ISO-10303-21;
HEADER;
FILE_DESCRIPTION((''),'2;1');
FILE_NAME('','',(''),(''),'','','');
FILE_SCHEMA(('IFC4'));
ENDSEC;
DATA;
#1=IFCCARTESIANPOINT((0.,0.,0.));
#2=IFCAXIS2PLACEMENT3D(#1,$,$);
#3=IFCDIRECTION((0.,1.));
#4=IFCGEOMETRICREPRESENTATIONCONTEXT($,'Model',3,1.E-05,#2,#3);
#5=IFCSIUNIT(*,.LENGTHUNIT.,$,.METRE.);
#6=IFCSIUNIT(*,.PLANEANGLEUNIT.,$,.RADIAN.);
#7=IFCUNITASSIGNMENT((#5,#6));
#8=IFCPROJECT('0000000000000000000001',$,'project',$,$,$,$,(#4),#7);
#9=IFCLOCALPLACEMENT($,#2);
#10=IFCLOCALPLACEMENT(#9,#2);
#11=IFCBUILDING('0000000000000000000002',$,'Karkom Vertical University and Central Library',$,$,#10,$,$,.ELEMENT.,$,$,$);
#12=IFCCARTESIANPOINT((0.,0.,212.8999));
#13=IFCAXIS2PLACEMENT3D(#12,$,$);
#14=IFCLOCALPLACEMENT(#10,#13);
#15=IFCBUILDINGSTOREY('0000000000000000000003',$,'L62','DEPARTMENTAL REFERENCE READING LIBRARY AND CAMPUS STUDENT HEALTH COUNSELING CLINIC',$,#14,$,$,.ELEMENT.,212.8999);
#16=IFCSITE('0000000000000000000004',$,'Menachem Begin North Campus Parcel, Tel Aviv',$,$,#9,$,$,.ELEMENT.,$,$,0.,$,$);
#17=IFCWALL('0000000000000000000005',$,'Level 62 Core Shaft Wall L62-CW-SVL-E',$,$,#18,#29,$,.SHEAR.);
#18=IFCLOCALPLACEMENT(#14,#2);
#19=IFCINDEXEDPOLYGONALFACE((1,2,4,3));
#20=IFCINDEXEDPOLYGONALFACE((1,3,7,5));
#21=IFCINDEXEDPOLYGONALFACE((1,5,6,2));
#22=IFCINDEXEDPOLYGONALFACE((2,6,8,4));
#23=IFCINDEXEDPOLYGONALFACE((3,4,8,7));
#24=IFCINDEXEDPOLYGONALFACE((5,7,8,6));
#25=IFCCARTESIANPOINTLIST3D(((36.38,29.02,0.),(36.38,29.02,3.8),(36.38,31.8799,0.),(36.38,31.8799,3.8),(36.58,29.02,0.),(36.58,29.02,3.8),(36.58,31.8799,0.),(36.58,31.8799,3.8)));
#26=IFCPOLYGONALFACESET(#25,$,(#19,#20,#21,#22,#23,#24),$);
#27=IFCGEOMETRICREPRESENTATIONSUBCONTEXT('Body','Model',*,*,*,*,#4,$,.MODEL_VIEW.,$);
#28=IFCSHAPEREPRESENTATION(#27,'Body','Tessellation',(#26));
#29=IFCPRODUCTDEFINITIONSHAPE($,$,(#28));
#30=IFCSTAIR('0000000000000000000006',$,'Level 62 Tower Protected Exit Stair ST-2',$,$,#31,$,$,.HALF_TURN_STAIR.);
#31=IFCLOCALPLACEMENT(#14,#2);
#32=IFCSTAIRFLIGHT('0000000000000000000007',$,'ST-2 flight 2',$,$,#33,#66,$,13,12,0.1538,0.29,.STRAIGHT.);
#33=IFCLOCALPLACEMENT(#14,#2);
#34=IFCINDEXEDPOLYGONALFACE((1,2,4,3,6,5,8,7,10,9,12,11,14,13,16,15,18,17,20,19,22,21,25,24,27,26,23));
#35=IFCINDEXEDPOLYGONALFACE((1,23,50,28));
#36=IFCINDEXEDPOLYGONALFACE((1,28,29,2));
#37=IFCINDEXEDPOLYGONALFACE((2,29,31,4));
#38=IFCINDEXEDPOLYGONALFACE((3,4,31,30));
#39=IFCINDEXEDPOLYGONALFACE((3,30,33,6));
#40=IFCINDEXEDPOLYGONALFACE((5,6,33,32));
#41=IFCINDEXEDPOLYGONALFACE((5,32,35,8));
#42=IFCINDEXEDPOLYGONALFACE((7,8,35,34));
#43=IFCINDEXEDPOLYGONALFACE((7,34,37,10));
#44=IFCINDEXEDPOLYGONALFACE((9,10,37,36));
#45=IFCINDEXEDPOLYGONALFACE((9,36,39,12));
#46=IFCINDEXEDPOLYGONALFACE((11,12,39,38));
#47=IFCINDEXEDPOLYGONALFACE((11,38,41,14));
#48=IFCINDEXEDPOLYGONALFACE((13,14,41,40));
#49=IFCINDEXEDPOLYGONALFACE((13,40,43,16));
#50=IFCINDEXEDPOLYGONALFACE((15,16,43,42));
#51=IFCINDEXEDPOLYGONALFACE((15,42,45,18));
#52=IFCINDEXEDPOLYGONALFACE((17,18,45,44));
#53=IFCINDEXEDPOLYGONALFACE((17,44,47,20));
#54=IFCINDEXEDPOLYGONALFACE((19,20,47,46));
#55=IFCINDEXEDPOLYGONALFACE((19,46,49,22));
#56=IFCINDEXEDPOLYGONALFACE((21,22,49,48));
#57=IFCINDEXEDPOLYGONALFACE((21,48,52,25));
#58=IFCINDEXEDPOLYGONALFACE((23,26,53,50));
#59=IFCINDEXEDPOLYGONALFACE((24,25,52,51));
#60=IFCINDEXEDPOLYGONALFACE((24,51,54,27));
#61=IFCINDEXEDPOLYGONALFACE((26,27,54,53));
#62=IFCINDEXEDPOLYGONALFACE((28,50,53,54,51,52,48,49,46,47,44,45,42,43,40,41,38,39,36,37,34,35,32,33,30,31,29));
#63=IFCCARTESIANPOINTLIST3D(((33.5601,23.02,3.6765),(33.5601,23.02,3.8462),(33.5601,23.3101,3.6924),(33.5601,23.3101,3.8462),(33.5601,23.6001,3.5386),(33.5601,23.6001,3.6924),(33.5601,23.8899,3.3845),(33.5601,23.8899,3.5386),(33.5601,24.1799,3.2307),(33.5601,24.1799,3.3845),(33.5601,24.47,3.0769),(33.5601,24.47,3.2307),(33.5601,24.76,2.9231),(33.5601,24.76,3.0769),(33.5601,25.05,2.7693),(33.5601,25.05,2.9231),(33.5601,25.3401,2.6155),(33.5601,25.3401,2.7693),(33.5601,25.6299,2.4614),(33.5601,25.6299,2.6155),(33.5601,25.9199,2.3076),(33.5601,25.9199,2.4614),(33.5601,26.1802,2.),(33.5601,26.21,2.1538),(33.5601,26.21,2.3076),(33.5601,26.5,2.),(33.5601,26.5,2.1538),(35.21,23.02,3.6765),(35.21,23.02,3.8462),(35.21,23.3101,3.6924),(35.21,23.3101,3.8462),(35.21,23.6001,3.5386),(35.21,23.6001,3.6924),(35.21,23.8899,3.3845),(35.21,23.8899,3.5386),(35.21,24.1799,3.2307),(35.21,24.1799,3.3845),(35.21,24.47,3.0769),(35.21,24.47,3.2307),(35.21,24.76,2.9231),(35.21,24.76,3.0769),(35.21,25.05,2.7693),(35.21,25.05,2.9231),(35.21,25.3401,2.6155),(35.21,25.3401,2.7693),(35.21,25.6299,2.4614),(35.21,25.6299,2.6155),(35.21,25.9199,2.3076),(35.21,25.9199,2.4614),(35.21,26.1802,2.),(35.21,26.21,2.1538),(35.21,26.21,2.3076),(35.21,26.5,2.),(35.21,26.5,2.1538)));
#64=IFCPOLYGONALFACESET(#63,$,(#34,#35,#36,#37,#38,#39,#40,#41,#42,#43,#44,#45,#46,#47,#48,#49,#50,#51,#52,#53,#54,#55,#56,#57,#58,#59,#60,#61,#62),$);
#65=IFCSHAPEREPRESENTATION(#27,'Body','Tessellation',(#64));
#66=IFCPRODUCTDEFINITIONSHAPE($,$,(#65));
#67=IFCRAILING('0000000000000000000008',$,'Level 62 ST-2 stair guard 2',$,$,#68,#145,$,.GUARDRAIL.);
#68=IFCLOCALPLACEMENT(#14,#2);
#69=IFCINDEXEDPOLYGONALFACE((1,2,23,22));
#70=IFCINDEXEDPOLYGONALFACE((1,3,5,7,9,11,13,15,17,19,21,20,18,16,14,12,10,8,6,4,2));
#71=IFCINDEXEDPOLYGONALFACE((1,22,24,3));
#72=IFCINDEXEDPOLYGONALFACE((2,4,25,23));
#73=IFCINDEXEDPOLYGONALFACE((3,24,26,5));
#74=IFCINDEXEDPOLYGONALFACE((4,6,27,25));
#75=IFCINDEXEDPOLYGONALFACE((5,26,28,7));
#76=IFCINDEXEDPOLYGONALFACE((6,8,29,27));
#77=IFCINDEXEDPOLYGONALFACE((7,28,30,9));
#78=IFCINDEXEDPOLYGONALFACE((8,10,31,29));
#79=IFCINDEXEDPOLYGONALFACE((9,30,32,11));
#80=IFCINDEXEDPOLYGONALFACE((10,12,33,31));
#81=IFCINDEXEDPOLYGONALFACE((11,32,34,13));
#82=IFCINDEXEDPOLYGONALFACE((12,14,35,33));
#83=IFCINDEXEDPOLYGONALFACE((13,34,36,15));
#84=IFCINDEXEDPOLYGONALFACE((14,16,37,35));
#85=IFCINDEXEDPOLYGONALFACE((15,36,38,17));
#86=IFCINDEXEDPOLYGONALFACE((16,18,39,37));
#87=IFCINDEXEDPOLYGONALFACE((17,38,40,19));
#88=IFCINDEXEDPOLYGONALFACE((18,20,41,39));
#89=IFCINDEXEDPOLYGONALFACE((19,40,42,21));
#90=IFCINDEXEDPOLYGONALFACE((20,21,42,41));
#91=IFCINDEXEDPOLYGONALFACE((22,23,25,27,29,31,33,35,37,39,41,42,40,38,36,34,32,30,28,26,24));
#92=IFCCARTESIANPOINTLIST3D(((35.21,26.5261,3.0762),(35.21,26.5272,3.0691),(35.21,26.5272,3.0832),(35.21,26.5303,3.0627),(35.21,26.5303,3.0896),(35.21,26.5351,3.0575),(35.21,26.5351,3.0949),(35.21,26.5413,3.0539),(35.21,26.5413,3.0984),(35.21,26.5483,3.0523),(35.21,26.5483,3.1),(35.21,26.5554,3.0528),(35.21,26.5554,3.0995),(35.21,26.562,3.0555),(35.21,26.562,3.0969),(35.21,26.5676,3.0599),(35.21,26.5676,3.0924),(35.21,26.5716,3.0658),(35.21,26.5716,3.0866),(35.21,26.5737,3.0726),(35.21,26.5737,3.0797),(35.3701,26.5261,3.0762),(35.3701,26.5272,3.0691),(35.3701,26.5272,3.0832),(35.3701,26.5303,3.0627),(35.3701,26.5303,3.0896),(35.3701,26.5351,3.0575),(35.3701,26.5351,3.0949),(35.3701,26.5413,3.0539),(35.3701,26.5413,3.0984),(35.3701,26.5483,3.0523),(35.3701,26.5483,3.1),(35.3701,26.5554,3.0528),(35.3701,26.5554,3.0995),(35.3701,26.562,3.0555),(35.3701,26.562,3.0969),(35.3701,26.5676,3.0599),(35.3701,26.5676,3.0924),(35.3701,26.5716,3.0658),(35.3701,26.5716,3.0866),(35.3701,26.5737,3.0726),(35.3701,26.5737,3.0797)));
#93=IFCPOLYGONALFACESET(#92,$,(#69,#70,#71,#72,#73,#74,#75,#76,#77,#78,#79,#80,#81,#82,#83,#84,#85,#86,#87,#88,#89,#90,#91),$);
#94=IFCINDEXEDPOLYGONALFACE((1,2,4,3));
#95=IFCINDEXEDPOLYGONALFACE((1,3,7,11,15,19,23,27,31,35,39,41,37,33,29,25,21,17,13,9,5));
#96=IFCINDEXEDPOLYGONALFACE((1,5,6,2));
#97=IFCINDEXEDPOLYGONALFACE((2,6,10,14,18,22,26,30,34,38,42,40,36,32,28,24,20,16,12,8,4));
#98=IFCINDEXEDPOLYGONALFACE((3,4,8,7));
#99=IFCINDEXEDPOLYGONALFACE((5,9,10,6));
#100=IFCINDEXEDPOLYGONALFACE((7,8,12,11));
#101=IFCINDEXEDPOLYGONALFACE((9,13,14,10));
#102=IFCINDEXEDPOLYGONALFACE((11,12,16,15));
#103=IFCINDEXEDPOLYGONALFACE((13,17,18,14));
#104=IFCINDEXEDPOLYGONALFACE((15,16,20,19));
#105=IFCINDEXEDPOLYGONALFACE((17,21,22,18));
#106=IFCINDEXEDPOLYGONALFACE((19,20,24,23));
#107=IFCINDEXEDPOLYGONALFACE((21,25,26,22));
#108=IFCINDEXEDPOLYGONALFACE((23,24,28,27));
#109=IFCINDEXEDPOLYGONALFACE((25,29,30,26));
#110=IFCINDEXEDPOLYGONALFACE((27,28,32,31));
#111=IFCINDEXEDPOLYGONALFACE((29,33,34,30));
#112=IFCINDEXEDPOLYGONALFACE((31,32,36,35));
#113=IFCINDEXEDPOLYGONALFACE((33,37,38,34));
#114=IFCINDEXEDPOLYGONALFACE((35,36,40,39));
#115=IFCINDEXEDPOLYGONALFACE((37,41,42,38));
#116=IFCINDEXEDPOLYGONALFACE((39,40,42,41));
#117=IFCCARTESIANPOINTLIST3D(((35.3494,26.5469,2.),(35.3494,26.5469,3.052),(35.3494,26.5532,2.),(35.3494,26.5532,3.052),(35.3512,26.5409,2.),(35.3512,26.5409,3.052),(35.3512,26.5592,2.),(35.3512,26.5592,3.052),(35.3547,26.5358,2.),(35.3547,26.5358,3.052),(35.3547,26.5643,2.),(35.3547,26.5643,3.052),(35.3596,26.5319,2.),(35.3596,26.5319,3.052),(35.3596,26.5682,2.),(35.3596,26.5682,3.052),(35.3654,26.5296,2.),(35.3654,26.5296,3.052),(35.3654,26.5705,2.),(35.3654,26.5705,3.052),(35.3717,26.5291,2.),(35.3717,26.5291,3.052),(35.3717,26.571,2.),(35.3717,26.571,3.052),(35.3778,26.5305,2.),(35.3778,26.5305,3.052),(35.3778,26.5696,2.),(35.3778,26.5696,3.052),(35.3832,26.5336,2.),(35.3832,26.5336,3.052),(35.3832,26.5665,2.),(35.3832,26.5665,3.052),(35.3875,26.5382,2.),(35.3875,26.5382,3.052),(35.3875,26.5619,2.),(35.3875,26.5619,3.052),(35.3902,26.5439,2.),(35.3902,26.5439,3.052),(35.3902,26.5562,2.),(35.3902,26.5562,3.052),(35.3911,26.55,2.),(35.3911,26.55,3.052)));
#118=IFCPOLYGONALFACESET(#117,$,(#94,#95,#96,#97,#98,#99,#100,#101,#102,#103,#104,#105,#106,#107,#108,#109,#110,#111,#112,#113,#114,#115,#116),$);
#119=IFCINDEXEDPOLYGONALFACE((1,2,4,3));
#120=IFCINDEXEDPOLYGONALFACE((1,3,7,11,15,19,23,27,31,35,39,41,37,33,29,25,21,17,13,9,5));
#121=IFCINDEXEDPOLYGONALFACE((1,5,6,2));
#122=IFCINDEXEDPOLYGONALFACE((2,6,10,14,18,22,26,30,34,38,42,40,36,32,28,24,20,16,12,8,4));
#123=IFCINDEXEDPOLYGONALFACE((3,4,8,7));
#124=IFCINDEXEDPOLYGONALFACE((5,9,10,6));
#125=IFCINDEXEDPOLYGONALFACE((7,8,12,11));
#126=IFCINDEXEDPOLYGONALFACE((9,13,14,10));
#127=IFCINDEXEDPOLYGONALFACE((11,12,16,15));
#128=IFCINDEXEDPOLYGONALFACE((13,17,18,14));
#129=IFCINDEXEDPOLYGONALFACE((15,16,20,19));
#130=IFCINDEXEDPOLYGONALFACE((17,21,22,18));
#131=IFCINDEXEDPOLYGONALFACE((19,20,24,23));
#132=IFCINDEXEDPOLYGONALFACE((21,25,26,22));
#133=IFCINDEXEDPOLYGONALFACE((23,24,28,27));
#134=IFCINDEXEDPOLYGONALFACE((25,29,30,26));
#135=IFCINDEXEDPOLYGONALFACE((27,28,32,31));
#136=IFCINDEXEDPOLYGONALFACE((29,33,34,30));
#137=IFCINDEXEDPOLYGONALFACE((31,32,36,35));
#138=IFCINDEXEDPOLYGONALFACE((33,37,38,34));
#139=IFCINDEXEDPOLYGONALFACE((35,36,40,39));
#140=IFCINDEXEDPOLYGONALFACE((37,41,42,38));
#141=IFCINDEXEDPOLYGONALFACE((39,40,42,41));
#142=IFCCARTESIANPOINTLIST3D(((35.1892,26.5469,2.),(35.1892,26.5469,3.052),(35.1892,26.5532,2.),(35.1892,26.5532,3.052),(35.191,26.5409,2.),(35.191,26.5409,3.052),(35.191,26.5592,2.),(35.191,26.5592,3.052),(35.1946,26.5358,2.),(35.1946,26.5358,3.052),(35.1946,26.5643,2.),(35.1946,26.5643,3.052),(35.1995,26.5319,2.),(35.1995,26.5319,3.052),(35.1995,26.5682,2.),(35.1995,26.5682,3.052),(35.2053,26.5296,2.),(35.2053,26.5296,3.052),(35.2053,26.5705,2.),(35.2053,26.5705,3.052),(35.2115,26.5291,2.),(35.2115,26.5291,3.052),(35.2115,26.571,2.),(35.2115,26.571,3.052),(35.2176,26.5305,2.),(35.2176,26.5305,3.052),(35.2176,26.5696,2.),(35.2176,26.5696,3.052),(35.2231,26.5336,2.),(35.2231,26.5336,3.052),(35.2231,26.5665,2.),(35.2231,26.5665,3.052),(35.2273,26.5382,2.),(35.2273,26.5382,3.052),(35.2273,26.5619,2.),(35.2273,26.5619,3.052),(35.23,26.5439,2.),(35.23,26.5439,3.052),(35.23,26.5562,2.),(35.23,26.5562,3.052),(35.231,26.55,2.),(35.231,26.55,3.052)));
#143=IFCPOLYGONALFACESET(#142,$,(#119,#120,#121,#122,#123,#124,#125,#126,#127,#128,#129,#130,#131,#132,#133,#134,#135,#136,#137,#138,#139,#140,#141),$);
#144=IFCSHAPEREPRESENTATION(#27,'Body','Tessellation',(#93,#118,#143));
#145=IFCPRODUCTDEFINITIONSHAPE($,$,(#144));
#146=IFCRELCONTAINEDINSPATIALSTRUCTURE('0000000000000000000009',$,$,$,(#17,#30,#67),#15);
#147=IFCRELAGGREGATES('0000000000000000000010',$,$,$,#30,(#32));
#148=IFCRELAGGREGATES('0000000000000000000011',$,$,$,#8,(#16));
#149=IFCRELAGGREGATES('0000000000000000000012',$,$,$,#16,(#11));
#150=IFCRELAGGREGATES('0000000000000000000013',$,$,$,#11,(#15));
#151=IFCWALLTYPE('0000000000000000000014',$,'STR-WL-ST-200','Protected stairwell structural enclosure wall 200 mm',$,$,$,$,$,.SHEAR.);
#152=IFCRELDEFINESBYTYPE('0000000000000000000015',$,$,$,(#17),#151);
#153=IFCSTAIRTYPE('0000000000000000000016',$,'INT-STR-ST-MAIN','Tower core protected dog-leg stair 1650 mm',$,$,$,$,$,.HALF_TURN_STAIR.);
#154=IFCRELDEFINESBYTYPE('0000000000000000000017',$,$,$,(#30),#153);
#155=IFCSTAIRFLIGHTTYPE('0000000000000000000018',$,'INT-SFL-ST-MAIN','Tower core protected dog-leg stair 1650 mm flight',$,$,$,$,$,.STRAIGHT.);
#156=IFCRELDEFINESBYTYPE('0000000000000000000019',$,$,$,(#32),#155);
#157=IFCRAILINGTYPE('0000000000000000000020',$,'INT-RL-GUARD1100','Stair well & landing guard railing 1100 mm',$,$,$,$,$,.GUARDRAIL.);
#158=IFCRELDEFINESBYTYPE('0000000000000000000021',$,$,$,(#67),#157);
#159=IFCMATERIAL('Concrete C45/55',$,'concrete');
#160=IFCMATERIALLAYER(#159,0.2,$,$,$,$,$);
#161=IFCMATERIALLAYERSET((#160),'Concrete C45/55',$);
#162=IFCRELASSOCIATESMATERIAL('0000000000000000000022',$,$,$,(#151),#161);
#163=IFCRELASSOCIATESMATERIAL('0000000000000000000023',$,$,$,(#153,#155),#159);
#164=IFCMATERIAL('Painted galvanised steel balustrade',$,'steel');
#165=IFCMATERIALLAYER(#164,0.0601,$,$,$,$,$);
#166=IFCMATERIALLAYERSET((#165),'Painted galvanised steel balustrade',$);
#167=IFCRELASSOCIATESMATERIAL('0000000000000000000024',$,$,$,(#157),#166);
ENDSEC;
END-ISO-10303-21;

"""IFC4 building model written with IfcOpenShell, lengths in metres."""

from ifc_helpers import new_model, si_unit, direction, frame, frame_2d, origin, origin_2d, place, context, subcontext, project, spatial, polyline, rectangle, circle, outline, extrude, material, layer, layer_set, type_object, element, aggregate, save


model = new_model("IFC4")

# Units and contexts
model_context = context("Model", 3, precision=1e-05, world=origin(), true_north=direction((0.0, 1.0)))
body_context = subcontext(model_context, "Body", "Model", "MODEL_VIEW")
ifc_project = project(units=[si_unit("LENGTHUNIT", "METRE"), si_unit("PLANEANGLEUNIT", "RADIAN")], contexts=[model_context])

# Site, building, storey
site_placement = place(None, origin())
site = spatial("IfcSite", under=ifc_project, at=site_placement, Name="Menachem Begin North Campus Parcel, Tel Aviv", CompositionType="ELEMENT", RefElevation=0.0)
building_placement = place(site_placement, origin())
building = spatial("IfcBuilding", under=site, at=building_placement, Name="Karkom Vertical University and Central Library", CompositionType="ELEMENT")
storey_placement = place(building_placement, frame((0.0, 0.0, 212.8999)))
storey = spatial("IfcBuildingStorey", under=building, at=storey_placement, Name="L62", Description="DEPARTMENTAL REFERENCE READING LIBRARY AND CAMPUS STUDENT HEALTH COUNSELING CLINIC", CompositionType="ELEMENT", Elevation=212.8999)

# Wall
ifc_material_1 = material(Name="Concrete C45/55", Category="concrete")
ifc_layer_1 = layer(ifc_material_1, 0.2)
ifc_layer_set_1 = layer_set([ifc_layer_1], Name="Concrete C45/55")
wall_type_1 = type_object("IfcWallType", Name="STR-WL-ST-200", Description="Protected stairwell structural enclosure wall 200 mm", PredefinedType="SHEAR", material=ifc_layer_set_1)
wall_1_placement = place(storey_placement, frame((36.48, 29.02, 0.0), z_axis=(0.0, 0.0, 1.0), x_axis=(0.0, 1.0, 0.0)))
element("IfcWall", 1, at=wall_1_placement, inside=storey, type_object=wall_type_1, Name="Level 62 Core Shaft Wall L62-CW-SVL-E", PredefinedType="SHEAR", context=body_context, shape_type="SweptSolid", body=[
    extrude(rectangle(XDim=2.8599, YDim=0.2, at=frame_2d((1.4299, 0.0))), origin(), (0.0, 0.0, 1.0), 3.8),
])

# Stair, stair flight
stair_type = type_object("IfcStairType", Name="INT-STR-ST-MAIN", Description="Tower core protected dog-leg stair 1650 mm", PredefinedType="HALF_TURN_STAIR", material=ifc_material_1)
stair_placement = place(storey_placement, origin())
stair = element("IfcStair", 2, at=stair_placement, inside=storey, type_object=stair_type, Name="Level 62 Tower Protected Exit Stair ST-2", PredefinedType="HALF_TURN_STAIR")
stair_flight_type = type_object("IfcStairFlightType", Name="INT-SFL-ST-MAIN", Description="Tower core protected dog-leg stair 1650 mm flight", PredefinedType="STRAIGHT", material=ifc_material_1)
stair_flight_placement = place(storey_placement, frame((34.385, 26.5, 2.0), z_axis=(0.0, 0.0, 1.0), x_axis=(0.0, -1.0, 0.0)))
stair_flight = element("IfcStairFlight", 3, at=stair_flight_placement, type_object=stair_flight_type, Name="ST-2 flight 2", NumberOfRisers=13, NumberOfTreads=12, PredefinedType="STRAIGHT", RiserHeight=0.1538, TreadLength=0.29, context=body_context, shape_type="SweptSolid", body=[
    extrude(outline(polyline([(0.0, 0.0), (0.0, 0.1538), (0.29, 0.1538), (0.29, 0.3076), (0.5801, 0.3076), (0.5801, 0.4614), (0.8701, 0.4614), (0.8701, 0.6155), (1.1599, 0.6155), (1.1599, 0.7693), (1.45, 0.7693), (1.45, 0.9231), (1.74, 0.9231), (1.74, 1.0769), (2.03, 1.0769), (2.03, 1.2307), (2.3201, 1.2307), (2.3201, 1.3845), (2.6101, 1.3845), (2.6101, 1.5386), (2.8999, 1.5386), (2.8999, 1.6924), (3.1899, 1.6924), (3.1899, 1.8462), (3.48, 1.8462), (3.48, 2.0), (3.48, 1.6765), (0.3198, 0.0), (0.0, 0.0)])), frame((0.0, 0.825, 0.0), z_axis=(0.0, -1.0, 0.0), x_axis=(1.0, 0.0, 0.0)), (0.0, 0.0, 1.0), 1.6499),
])
aggregate(stair, [stair_flight])

# Railing
ifc_material_2 = material(Name="Painted galvanised steel balustrade", Category="steel")
ifc_layer_2 = layer(ifc_material_2, 0.0601)
ifc_layer_set_2 = layer_set([ifc_layer_2], Name="Painted galvanised steel balustrade")
railing_type_1 = type_object("IfcRailingType", Name="INT-RL-GUARD1100", Description="Stair well & landing guard railing 1100 mm", PredefinedType="GUARDRAIL", material=ifc_layer_set_2)
railing_1_placement = place(storey_placement, frame((35.3701, 26.55, 2.0)))
element("IfcRailing", 4, at=railing_1_placement, inside=storey, type_object=railing_type_1, Name="Level 62 ST-2 stair guard 2", PredefinedType="GUARDRAIL", context=body_context, shape_type="SweptSolid", body=[
    extrude(circle(Radius=0.0239, at=origin_2d()), frame((0.0, 0.0, 1.0762), z_axis=(-1.0, 0.0, 0.0), x_axis=(0.0, -1.0, 0.0)), (0.0, 0.0, 1.0), 0.1602),
    extrude(circle(Radius=0.021, at=origin_2d()), origin(), (0.0, 0.0, 1.0), 1.052),
    extrude(circle(Radius=0.021, at=origin_2d()), frame((-0.1602, 0.0, 0.0)), (0.0, 0.0, 1.0), 1.052),
])

save(model, "model.ifc")
